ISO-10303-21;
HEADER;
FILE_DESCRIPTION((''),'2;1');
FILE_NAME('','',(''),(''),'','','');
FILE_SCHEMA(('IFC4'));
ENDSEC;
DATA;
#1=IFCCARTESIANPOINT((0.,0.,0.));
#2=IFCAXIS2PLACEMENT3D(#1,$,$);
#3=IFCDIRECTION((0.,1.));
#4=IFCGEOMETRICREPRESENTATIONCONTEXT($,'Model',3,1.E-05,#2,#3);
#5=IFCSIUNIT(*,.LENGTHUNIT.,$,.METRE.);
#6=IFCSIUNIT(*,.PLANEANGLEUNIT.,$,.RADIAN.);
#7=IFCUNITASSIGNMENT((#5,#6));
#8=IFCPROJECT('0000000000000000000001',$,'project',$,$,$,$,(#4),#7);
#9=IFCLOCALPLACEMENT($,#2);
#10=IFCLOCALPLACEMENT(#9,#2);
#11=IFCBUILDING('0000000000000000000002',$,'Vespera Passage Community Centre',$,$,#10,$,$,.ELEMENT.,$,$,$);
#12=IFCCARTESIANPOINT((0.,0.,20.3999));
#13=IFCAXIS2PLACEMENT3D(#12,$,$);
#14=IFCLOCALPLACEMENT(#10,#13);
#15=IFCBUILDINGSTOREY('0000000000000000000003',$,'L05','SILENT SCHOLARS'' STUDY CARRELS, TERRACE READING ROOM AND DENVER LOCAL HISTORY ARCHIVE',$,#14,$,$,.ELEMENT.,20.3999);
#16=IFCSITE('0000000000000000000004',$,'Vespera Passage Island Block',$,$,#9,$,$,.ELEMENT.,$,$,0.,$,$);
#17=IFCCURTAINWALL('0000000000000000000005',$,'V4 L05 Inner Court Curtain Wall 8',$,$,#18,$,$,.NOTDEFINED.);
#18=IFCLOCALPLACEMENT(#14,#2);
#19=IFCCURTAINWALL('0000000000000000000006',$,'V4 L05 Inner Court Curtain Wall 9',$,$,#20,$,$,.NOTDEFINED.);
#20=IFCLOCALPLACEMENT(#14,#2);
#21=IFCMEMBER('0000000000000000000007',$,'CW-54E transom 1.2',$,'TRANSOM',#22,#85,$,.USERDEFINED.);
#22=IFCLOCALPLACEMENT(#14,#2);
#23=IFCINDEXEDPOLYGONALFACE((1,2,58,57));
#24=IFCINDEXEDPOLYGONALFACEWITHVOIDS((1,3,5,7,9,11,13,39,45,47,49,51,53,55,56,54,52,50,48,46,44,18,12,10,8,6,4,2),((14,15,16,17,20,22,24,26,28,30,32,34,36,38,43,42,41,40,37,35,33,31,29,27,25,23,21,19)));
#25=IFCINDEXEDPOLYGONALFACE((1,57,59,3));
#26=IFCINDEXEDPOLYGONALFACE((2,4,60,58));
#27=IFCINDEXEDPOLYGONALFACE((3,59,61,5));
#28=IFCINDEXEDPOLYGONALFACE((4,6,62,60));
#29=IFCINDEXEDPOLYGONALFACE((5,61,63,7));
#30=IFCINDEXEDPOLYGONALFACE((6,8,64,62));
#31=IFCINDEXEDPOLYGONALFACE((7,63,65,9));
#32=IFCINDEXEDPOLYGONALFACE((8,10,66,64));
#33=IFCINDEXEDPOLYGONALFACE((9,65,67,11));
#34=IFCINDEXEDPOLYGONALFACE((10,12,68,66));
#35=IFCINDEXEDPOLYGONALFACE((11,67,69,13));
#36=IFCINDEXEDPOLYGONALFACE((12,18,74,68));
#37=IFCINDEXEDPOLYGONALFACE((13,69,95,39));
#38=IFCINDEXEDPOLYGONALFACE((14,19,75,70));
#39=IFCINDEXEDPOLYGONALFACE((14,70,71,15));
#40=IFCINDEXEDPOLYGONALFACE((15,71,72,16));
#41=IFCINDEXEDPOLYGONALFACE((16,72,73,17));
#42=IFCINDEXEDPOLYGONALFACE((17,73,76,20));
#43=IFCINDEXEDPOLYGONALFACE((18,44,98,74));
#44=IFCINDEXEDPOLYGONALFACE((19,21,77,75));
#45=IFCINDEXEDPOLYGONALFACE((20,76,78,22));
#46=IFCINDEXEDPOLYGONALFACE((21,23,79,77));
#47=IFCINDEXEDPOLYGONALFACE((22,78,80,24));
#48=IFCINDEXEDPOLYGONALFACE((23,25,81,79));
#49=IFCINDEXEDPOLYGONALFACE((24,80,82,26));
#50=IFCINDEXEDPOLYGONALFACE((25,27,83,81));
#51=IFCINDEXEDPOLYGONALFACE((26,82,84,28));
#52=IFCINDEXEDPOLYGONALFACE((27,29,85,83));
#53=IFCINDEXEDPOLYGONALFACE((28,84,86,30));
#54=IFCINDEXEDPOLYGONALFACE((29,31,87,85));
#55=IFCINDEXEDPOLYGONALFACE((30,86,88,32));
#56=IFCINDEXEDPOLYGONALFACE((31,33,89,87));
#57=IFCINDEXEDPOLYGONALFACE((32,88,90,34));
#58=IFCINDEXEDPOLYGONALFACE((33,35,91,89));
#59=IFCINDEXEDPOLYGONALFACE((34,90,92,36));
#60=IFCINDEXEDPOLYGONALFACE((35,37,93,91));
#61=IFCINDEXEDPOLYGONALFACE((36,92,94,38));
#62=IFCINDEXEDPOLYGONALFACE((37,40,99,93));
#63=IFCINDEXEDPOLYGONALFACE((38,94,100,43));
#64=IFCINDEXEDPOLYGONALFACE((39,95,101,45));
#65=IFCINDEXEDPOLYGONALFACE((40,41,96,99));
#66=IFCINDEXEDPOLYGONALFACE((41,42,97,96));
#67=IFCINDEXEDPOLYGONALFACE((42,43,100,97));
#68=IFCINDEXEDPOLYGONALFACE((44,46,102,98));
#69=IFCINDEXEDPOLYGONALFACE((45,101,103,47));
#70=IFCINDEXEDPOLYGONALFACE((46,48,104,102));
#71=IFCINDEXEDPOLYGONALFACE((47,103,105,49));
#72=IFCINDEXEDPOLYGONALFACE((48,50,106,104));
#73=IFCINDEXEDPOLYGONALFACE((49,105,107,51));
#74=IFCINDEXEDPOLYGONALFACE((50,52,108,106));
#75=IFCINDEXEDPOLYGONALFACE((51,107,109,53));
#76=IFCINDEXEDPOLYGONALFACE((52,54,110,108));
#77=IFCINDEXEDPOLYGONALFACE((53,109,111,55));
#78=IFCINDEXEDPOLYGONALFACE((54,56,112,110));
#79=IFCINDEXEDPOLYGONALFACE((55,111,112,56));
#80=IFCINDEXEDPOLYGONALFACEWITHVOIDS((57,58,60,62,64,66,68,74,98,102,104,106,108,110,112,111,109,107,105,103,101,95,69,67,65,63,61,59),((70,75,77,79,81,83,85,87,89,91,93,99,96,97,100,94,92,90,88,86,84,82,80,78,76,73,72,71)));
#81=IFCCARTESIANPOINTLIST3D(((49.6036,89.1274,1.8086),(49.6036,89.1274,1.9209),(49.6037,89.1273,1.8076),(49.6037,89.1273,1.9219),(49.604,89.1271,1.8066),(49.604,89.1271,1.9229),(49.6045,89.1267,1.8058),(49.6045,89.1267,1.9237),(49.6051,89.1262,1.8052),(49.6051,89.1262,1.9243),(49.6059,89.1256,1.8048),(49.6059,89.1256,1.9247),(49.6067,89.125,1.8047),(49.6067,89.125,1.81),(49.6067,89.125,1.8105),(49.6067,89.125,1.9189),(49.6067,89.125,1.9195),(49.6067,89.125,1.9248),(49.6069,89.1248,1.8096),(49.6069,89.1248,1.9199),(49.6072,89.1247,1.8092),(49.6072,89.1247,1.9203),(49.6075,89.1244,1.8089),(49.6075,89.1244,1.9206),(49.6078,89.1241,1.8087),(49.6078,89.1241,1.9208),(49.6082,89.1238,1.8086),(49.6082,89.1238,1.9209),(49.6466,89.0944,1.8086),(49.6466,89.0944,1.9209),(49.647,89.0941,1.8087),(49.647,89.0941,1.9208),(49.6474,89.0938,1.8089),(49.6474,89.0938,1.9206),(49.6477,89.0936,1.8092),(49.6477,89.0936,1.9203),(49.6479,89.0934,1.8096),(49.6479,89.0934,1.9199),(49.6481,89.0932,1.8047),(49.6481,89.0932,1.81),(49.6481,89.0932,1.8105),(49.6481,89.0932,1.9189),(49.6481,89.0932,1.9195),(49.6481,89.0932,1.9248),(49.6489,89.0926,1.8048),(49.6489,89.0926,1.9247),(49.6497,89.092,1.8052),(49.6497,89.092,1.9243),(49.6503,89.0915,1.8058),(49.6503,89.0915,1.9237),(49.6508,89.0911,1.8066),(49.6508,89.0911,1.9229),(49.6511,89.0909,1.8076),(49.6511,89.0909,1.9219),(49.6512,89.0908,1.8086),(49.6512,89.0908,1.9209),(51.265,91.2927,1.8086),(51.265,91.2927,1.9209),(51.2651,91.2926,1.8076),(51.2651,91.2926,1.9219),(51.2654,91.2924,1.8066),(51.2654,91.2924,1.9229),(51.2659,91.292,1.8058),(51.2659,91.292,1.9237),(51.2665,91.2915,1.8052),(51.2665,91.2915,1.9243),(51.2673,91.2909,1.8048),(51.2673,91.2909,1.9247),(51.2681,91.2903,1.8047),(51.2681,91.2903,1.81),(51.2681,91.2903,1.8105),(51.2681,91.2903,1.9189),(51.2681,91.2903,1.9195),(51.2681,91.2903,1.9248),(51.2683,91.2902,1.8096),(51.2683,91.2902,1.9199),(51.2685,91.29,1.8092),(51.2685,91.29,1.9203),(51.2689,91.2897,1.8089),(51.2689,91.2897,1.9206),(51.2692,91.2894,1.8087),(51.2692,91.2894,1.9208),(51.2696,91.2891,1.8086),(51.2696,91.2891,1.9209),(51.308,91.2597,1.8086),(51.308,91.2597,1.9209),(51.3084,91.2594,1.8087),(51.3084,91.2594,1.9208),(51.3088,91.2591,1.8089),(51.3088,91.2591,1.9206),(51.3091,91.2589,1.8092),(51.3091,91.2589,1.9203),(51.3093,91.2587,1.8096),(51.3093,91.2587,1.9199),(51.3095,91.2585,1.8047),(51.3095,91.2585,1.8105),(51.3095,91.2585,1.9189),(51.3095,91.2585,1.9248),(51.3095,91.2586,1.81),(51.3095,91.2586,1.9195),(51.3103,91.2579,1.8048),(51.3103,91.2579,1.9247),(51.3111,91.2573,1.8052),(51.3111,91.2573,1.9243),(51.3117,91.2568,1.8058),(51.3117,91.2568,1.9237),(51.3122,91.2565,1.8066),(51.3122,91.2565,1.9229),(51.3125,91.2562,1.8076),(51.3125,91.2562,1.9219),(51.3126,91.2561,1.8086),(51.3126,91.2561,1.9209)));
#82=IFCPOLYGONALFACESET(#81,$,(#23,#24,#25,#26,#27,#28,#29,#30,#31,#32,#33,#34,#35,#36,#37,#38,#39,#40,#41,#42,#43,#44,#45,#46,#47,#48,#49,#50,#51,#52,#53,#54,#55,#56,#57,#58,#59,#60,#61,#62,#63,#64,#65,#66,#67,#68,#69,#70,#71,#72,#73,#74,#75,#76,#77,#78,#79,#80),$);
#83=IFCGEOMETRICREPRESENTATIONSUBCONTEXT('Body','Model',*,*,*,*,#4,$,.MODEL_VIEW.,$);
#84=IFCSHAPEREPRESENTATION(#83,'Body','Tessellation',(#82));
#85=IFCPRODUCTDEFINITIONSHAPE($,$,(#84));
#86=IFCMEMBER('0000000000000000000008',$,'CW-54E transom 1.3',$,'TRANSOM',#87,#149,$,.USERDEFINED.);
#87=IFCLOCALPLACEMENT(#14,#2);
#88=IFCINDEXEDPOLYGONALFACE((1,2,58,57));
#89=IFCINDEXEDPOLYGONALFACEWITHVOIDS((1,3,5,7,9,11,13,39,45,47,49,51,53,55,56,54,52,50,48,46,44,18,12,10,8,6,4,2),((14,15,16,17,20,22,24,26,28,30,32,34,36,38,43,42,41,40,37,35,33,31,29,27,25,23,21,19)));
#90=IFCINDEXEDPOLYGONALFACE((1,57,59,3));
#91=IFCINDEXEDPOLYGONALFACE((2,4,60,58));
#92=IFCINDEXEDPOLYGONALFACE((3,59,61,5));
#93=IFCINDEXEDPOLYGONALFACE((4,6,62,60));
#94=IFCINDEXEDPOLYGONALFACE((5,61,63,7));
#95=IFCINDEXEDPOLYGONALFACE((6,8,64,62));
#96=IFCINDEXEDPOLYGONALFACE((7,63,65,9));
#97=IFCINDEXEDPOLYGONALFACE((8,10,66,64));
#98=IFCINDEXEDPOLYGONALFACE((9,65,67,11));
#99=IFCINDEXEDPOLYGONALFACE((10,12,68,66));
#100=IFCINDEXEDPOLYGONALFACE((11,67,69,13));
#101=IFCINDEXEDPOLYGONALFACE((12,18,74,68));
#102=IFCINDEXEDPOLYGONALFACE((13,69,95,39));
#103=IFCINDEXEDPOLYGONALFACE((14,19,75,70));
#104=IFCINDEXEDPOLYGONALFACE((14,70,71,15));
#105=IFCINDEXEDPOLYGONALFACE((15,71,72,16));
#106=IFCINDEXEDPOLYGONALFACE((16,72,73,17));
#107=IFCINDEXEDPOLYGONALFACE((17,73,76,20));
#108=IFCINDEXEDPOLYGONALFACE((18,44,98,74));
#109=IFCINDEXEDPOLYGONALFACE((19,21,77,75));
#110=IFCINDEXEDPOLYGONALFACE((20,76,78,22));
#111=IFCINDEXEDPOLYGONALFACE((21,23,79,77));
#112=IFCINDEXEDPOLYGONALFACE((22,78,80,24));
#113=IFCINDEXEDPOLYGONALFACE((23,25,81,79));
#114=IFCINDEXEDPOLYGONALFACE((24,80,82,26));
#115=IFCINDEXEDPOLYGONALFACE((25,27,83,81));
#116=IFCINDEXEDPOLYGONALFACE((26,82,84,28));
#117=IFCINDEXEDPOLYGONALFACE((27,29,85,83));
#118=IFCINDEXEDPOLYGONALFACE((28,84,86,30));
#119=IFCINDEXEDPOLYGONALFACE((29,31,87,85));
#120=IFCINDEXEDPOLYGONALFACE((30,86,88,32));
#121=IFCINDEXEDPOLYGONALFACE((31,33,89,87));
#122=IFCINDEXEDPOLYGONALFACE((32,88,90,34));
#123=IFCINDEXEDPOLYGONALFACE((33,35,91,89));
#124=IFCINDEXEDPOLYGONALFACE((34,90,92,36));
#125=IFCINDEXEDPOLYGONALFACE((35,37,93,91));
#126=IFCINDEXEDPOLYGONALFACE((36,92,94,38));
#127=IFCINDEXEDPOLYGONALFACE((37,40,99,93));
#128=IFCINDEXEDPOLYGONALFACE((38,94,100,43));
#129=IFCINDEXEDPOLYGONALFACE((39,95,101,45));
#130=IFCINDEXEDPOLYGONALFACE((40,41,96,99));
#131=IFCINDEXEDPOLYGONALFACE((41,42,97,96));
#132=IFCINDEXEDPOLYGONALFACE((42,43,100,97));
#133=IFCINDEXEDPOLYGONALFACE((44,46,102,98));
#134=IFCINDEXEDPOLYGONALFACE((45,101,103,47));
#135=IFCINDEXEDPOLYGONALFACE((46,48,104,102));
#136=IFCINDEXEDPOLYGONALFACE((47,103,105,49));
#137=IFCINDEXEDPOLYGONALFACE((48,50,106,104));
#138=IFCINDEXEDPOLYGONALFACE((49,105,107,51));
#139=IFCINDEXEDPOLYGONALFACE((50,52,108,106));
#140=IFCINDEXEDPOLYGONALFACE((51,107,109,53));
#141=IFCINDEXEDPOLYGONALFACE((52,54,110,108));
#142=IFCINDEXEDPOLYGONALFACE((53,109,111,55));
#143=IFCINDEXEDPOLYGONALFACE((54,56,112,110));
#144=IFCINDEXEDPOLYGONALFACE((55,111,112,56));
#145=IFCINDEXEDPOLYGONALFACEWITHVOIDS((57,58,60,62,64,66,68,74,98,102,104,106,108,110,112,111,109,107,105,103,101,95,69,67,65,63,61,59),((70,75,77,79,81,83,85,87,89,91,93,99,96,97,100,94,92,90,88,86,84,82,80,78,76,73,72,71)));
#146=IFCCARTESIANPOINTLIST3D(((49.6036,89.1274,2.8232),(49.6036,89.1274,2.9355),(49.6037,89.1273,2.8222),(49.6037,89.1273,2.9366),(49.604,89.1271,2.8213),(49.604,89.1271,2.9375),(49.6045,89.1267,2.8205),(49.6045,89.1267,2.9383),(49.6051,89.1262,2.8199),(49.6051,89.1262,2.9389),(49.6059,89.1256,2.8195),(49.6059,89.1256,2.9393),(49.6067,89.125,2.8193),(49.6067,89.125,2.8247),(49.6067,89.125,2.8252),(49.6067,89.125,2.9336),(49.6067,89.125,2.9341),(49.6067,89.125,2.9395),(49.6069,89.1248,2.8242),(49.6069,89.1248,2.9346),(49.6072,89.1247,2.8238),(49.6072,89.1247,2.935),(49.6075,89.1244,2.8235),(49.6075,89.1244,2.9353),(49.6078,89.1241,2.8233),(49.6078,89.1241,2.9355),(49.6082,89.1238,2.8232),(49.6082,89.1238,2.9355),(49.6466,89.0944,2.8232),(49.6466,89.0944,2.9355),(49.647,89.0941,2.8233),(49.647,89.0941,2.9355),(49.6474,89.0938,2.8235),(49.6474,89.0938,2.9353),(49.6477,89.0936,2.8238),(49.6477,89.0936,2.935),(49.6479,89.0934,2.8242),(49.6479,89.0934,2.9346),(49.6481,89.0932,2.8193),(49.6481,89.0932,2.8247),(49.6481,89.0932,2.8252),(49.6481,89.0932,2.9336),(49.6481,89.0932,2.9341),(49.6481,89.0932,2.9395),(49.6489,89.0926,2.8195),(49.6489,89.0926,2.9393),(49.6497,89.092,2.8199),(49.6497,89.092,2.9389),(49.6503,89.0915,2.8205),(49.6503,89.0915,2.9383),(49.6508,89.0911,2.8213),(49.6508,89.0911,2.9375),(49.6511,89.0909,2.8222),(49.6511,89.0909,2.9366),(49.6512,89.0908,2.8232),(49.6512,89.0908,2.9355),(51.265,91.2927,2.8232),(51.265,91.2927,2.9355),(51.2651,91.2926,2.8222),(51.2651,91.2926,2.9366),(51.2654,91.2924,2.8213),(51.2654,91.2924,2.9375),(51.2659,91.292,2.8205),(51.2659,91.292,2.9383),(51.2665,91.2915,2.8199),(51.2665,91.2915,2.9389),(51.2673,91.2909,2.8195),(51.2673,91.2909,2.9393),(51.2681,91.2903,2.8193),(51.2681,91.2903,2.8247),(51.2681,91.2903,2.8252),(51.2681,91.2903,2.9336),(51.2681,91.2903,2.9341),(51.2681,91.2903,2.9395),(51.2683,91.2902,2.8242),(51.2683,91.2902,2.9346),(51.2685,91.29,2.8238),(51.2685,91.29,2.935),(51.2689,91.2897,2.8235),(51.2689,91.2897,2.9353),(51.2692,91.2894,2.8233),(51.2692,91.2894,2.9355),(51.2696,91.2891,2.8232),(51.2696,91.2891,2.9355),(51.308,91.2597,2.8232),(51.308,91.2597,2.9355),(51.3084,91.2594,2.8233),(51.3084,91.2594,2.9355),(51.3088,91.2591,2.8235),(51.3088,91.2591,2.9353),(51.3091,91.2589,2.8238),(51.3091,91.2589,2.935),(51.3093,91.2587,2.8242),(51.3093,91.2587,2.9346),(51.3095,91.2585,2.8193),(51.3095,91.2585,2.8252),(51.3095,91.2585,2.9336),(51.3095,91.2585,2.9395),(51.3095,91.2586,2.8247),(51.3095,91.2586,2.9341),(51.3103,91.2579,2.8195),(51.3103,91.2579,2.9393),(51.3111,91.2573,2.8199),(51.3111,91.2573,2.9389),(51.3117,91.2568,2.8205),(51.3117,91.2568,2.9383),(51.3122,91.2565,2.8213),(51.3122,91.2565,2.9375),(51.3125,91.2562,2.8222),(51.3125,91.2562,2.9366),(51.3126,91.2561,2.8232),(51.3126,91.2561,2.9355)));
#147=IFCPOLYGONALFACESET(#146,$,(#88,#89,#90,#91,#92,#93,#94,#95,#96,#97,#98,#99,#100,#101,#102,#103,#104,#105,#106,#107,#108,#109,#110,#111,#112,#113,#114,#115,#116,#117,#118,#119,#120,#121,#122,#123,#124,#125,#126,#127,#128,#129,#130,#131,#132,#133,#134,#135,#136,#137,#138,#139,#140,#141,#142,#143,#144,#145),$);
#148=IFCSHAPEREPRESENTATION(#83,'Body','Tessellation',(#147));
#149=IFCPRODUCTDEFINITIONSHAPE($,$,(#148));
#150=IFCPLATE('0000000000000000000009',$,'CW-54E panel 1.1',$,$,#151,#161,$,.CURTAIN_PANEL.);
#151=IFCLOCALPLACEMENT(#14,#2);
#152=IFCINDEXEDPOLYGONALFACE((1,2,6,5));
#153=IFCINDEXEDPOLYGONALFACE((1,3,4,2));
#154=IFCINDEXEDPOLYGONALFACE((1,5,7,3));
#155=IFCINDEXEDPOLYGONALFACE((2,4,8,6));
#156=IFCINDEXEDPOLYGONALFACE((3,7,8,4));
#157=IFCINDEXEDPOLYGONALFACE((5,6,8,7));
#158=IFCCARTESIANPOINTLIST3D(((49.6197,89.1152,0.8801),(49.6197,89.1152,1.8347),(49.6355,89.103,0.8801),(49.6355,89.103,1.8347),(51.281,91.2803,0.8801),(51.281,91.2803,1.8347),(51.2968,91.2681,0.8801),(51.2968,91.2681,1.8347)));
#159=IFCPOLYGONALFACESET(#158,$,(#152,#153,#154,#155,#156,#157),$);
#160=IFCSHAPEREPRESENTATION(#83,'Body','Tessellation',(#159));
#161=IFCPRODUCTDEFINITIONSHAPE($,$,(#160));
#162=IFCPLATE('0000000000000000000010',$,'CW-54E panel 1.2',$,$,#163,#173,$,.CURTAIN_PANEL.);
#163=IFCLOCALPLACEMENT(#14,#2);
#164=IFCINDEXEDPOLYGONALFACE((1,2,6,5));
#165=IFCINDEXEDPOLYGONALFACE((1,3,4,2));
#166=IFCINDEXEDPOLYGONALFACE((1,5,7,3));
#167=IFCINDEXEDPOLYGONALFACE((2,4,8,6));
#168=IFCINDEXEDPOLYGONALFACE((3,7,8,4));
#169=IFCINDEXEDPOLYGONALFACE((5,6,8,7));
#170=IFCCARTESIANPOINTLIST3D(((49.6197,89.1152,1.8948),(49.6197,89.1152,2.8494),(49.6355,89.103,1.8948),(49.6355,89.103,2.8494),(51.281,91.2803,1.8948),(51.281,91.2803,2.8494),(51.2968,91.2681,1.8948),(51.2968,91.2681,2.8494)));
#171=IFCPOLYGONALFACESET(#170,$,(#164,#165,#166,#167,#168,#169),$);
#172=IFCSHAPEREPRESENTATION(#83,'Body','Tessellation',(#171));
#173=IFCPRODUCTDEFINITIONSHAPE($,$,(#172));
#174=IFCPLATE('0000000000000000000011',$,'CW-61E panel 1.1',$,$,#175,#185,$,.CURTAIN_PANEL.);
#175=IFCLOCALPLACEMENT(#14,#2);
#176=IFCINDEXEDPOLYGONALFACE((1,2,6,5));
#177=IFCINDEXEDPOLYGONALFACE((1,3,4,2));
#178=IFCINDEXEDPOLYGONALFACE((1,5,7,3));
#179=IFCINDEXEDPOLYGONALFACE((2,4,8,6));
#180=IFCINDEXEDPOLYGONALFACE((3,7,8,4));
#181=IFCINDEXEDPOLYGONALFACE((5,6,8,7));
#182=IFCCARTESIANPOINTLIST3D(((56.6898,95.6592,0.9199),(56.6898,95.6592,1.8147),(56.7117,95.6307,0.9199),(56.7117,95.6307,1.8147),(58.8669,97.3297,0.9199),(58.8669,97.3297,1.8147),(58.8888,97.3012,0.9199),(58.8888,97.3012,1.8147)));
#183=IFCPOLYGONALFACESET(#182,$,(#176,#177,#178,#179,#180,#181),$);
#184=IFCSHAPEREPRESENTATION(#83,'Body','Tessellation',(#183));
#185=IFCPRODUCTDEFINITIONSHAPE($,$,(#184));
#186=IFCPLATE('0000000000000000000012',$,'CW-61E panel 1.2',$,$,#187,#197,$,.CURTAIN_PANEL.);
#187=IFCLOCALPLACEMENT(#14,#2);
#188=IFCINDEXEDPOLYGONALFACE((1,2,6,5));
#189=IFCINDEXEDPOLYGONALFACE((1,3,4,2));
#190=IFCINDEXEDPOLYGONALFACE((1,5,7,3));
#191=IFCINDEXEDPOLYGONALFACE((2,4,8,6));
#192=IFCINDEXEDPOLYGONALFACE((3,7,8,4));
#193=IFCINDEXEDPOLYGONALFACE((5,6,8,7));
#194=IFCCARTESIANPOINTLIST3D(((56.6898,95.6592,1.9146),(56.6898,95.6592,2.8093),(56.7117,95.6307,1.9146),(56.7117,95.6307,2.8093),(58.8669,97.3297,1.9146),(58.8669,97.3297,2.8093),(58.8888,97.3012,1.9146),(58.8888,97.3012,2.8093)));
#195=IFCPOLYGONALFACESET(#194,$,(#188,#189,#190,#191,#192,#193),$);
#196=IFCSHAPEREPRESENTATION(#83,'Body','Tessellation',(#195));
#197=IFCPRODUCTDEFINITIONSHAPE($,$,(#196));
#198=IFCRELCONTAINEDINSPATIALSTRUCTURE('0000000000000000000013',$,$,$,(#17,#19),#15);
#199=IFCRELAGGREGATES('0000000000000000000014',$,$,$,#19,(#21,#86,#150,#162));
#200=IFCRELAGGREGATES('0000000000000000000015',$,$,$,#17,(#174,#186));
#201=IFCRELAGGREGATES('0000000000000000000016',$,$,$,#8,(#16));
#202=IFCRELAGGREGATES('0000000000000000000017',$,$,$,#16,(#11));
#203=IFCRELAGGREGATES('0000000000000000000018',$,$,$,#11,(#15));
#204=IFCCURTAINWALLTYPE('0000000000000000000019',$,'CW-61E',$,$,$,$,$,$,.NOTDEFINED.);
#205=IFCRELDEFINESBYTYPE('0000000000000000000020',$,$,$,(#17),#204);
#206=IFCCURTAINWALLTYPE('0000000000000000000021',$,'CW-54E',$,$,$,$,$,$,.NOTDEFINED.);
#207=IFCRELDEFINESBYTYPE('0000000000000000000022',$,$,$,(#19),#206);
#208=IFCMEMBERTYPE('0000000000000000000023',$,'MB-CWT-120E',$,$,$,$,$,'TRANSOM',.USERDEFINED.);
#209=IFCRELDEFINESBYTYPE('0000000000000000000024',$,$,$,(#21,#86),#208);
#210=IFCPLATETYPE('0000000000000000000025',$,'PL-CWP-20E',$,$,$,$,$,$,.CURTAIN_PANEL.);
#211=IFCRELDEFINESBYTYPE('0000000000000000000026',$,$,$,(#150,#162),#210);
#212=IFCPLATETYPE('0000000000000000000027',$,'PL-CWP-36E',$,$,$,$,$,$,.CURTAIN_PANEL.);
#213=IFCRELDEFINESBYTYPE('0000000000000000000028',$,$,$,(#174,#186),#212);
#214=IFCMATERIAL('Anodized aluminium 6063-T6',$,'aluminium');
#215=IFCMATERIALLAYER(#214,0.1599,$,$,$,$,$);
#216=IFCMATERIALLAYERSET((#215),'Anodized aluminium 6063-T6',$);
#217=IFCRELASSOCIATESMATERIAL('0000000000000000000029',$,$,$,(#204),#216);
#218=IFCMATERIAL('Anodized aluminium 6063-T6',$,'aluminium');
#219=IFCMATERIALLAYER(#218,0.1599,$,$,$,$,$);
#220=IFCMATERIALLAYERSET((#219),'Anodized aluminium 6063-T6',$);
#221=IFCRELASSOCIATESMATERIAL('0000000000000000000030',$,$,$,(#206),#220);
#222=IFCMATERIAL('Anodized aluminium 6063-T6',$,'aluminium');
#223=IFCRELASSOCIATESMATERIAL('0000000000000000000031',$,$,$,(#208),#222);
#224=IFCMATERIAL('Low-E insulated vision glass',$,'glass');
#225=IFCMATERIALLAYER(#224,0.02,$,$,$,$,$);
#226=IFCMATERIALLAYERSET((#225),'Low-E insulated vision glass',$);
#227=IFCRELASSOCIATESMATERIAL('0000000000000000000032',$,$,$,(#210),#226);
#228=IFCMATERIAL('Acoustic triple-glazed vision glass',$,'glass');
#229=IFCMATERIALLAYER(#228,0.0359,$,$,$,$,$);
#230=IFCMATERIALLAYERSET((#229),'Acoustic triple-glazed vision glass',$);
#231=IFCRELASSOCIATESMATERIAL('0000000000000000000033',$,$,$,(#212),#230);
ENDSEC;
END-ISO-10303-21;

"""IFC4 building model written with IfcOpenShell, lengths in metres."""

from ifc_helpers import new_model, si_unit, direction, frame, origin, origin_2d, place, context, subcontext, project, spatial, rectangle, hollow_rectangle, extrude, material, layer, layer_set, material_profile, profile_set, type_object, element, aggregate, save


model = new_model("IFC4")

# Units and contexts
model_context = context("Model", 3, precision=1e-05, world=origin(), true_north=direction((0.0, 1.0)))
body_context = subcontext(model_context, "Body", "Model", "MODEL_VIEW")
ifc_project = project(units=[si_unit("LENGTHUNIT", "METRE"), si_unit("PLANEANGLEUNIT", "RADIAN")], contexts=[model_context])

# Site, building, storey
site_placement = place(None, origin())
site = spatial("IfcSite", under=ifc_project, at=site_placement, Name="Vespera Passage Island Block", CompositionType="ELEMENT", RefElevation=0.0)
building_placement = place(site_placement, origin())
building = spatial("IfcBuilding", under=site, at=building_placement, Name="Vespera Passage Community Centre", CompositionType="ELEMENT")
storey_placement = place(building_placement, frame((0.0, 0.0, 20.3999)))
storey = spatial("IfcBuildingStorey", under=building, at=storey_placement, Name="L05", Description="SILENT SCHOLARS' STUDY CARRELS, TERRACE READING ROOM AND DENVER LOCAL HISTORY ARCHIVE", CompositionType="ELEMENT", Elevation=20.3999)

# Curtain wall
ifc_material_1 = material(Name="Anodized aluminium 6063-T6", Category="aluminium")
ifc_layer_1 = layer(ifc_material_1, 0.1599)
ifc_layer_set_1 = layer_set([ifc_layer_1], Name="Anodized aluminium 6063-T6")
curtain_wall_type_1 = type_object("IfcCurtainWallType", Name="CW-61E", PredefinedType="NOTDEFINED", material=ifc_layer_set_1)
curtain_wall_1_placement = place(storey_placement, origin())
curtain_wall_1 = element("IfcCurtainWall", 1, at=curtain_wall_1_placement, inside=storey, type_object=curtain_wall_type_1, Name="V4 L05 Inner Court Curtain Wall 8", PredefinedType="NOTDEFINED")

# Curtain wall
ifc_material_2 = material(Name="Anodized aluminium 6063-T6", Category="aluminium")
ifc_layer_2 = layer(ifc_material_2, 0.1599)
ifc_layer_set_2 = layer_set([ifc_layer_2], Name="Anodized aluminium 6063-T6")
curtain_wall_type_2 = type_object("IfcCurtainWallType", Name="CW-54E", PredefinedType="NOTDEFINED", material=ifc_layer_set_2)
curtain_wall_2_placement = place(storey_placement, origin())
curtain_wall_2 = element("IfcCurtainWall", 2, at=curtain_wall_2_placement, inside=storey, type_object=curtain_wall_type_2, Name="V4 L05 Inner Court Curtain Wall 9", PredefinedType="NOTDEFINED")

# Members
ifc_material_3 = material(Name="Anodized aluminium 6063-T6", Category="aluminium")
ifc_material_profile_1 = material_profile(ifc_material_3, hollow_rectangle(XDim=0.0601, YDim=0.1201, WallThickness=0.0039, InnerFilletRadius=0.002, OuterFilletRadius=0.0039, at=origin_2d()), Name="ALU120X60X4")
ifc_profile_set_1 = profile_set([ifc_material_profile_1], Name="Anodized aluminium 6063-T6")
member_type_1 = type_object("IfcMemberType", Name="MB-CWT-120E", ElementType="TRANSOM", PredefinedType="USERDEFINED", material=ifc_profile_set_1)
member_1_placement = place(storey_placement, frame((51.2888, 91.2744, 1.8647), z_axis=(-0.608738, -0.793372, 0.0), x_axis=(0.793372, -0.608738, 0.0)))
member_1 = element("IfcMember", 3, at=member_1_placement, type_object=member_type_1, Name="CW-54E transom 1.2", ObjectType="TRANSOM", PredefinedType="USERDEFINED", context=body_context, shape_type="SweptSolid", body=[
    extrude(hollow_rectangle(XDim=0.0601, YDim=0.1201, WallThickness=0.0039, InnerFilletRadius=0.002, OuterFilletRadius=0.0039, at=origin_2d()), origin(), (0.0, 0.0, 1.0), 2.7292),
])
member_2_placement = place(storey_placement, frame((51.2888, 91.2744, 2.8794), z_axis=(-0.608738, -0.793372, 0.0), x_axis=(0.793372, -0.608738, 0.0)))
member_2 = element("IfcMember", 4, at=member_2_placement, type_object=member_type_1, Name="CW-54E transom 1.3", ObjectType="TRANSOM", PredefinedType="USERDEFINED", context=body_context, shape_type="SweptSolid", body=[
    extrude(hollow_rectangle(XDim=0.0601, YDim=0.1201, WallThickness=0.0039, InnerFilletRadius=0.002, OuterFilletRadius=0.0039, at=origin_2d()), origin(), (0.0, 0.0, 1.0), 2.7292),
])

# Plates
ifc_material_4 = material(Name="Low-E insulated vision glass", Category="glass")
ifc_layer_3 = layer(ifc_material_4, 0.02)
ifc_layer_set_3 = layer_set([ifc_layer_3], Name="Low-E insulated vision glass")
plate_type_1 = type_object("IfcPlateType", Name="PL-CWP-20E", PredefinedType="CURTAIN_PANEL", material=ifc_layer_set_3)
plate_1_placement = place(storey_placement, frame((50.4583, 90.1917, 0.8801), z_axis=(0.0, 0.0, 1.0), x_axis=(-0.608755, -0.793358, 0.0)))
plate_1 = element("IfcPlate", 5, at=plate_1_placement, type_object=plate_type_1, Name="CW-54E panel 1.1", PredefinedType="CURTAIN_PANEL", context=body_context, shape_type="SweptSolid", body=[
    extrude(rectangle(XDim=2.729, YDim=0.02, at=origin_2d()), origin(), (0.0, 0.0, 1.0), 0.9546),
])
plate_2_placement = place(storey_placement, frame((50.4583, 90.1917, 1.8948), z_axis=(0.0, 0.0, 1.0), x_axis=(-0.608755, -0.793358, 0.0)))
plate_2 = element("IfcPlate", 6, at=plate_2_placement, type_object=plate_type_1, Name="CW-54E panel 1.2", PredefinedType="CURTAIN_PANEL", context=body_context, shape_type="SweptSolid", body=[
    extrude(rectangle(XDim=2.729, YDim=0.02, at=origin_2d()), origin(), (0.0, 0.0, 1.0), 0.9546),
])
aggregate(curtain_wall_2, [member_1, member_2, plate_1, plate_2])
ifc_material_5 = material(Name="Acoustic triple-glazed vision glass", Category="glass")
ifc_layer_4 = layer(ifc_material_5, 0.0359)
ifc_layer_set_4 = layer_set([ifc_layer_4], Name="Acoustic triple-glazed vision glass")
plate_type_2 = type_object("IfcPlateType", Name="PL-CWP-36E", PredefinedType="CURTAIN_PANEL", material=ifc_layer_set_4)
plate_3_placement = place(storey_placement, frame((57.7893, 96.4802, 0.9199), z_axis=(0.0, 0.0, 1.0), x_axis=(-0.793358, -0.608755, 0.0)))
plate_3 = element("IfcPlate", 7, at=plate_3_placement, type_object=plate_type_2, Name="CW-61E panel 1.1", PredefinedType="CURTAIN_PANEL", context=body_context, shape_type="SweptSolid", body=[
    extrude(rectangle(XDim=2.7441, YDim=0.0359, at=origin_2d()), origin(), (0.0, 0.0, 1.0), 0.8948),
])
plate_4_placement = place(storey_placement, frame((57.7893, 96.4802, 1.9146), z_axis=(0.0, 0.0, 1.0), x_axis=(-0.793358, -0.608755, 0.0)))
plate_4 = element("IfcPlate", 8, at=plate_4_placement, type_object=plate_type_2, Name="CW-61E panel 1.2", PredefinedType="CURTAIN_PANEL", context=body_context, shape_type="SweptSolid", body=[
    extrude(rectangle(XDim=2.7441, YDim=0.0359, at=origin_2d()), origin(), (0.0, 0.0, 1.0), 0.8948),
])
aggregate(curtain_wall_1, [plate_3, plate_4])

save(model, "model.ifc")
